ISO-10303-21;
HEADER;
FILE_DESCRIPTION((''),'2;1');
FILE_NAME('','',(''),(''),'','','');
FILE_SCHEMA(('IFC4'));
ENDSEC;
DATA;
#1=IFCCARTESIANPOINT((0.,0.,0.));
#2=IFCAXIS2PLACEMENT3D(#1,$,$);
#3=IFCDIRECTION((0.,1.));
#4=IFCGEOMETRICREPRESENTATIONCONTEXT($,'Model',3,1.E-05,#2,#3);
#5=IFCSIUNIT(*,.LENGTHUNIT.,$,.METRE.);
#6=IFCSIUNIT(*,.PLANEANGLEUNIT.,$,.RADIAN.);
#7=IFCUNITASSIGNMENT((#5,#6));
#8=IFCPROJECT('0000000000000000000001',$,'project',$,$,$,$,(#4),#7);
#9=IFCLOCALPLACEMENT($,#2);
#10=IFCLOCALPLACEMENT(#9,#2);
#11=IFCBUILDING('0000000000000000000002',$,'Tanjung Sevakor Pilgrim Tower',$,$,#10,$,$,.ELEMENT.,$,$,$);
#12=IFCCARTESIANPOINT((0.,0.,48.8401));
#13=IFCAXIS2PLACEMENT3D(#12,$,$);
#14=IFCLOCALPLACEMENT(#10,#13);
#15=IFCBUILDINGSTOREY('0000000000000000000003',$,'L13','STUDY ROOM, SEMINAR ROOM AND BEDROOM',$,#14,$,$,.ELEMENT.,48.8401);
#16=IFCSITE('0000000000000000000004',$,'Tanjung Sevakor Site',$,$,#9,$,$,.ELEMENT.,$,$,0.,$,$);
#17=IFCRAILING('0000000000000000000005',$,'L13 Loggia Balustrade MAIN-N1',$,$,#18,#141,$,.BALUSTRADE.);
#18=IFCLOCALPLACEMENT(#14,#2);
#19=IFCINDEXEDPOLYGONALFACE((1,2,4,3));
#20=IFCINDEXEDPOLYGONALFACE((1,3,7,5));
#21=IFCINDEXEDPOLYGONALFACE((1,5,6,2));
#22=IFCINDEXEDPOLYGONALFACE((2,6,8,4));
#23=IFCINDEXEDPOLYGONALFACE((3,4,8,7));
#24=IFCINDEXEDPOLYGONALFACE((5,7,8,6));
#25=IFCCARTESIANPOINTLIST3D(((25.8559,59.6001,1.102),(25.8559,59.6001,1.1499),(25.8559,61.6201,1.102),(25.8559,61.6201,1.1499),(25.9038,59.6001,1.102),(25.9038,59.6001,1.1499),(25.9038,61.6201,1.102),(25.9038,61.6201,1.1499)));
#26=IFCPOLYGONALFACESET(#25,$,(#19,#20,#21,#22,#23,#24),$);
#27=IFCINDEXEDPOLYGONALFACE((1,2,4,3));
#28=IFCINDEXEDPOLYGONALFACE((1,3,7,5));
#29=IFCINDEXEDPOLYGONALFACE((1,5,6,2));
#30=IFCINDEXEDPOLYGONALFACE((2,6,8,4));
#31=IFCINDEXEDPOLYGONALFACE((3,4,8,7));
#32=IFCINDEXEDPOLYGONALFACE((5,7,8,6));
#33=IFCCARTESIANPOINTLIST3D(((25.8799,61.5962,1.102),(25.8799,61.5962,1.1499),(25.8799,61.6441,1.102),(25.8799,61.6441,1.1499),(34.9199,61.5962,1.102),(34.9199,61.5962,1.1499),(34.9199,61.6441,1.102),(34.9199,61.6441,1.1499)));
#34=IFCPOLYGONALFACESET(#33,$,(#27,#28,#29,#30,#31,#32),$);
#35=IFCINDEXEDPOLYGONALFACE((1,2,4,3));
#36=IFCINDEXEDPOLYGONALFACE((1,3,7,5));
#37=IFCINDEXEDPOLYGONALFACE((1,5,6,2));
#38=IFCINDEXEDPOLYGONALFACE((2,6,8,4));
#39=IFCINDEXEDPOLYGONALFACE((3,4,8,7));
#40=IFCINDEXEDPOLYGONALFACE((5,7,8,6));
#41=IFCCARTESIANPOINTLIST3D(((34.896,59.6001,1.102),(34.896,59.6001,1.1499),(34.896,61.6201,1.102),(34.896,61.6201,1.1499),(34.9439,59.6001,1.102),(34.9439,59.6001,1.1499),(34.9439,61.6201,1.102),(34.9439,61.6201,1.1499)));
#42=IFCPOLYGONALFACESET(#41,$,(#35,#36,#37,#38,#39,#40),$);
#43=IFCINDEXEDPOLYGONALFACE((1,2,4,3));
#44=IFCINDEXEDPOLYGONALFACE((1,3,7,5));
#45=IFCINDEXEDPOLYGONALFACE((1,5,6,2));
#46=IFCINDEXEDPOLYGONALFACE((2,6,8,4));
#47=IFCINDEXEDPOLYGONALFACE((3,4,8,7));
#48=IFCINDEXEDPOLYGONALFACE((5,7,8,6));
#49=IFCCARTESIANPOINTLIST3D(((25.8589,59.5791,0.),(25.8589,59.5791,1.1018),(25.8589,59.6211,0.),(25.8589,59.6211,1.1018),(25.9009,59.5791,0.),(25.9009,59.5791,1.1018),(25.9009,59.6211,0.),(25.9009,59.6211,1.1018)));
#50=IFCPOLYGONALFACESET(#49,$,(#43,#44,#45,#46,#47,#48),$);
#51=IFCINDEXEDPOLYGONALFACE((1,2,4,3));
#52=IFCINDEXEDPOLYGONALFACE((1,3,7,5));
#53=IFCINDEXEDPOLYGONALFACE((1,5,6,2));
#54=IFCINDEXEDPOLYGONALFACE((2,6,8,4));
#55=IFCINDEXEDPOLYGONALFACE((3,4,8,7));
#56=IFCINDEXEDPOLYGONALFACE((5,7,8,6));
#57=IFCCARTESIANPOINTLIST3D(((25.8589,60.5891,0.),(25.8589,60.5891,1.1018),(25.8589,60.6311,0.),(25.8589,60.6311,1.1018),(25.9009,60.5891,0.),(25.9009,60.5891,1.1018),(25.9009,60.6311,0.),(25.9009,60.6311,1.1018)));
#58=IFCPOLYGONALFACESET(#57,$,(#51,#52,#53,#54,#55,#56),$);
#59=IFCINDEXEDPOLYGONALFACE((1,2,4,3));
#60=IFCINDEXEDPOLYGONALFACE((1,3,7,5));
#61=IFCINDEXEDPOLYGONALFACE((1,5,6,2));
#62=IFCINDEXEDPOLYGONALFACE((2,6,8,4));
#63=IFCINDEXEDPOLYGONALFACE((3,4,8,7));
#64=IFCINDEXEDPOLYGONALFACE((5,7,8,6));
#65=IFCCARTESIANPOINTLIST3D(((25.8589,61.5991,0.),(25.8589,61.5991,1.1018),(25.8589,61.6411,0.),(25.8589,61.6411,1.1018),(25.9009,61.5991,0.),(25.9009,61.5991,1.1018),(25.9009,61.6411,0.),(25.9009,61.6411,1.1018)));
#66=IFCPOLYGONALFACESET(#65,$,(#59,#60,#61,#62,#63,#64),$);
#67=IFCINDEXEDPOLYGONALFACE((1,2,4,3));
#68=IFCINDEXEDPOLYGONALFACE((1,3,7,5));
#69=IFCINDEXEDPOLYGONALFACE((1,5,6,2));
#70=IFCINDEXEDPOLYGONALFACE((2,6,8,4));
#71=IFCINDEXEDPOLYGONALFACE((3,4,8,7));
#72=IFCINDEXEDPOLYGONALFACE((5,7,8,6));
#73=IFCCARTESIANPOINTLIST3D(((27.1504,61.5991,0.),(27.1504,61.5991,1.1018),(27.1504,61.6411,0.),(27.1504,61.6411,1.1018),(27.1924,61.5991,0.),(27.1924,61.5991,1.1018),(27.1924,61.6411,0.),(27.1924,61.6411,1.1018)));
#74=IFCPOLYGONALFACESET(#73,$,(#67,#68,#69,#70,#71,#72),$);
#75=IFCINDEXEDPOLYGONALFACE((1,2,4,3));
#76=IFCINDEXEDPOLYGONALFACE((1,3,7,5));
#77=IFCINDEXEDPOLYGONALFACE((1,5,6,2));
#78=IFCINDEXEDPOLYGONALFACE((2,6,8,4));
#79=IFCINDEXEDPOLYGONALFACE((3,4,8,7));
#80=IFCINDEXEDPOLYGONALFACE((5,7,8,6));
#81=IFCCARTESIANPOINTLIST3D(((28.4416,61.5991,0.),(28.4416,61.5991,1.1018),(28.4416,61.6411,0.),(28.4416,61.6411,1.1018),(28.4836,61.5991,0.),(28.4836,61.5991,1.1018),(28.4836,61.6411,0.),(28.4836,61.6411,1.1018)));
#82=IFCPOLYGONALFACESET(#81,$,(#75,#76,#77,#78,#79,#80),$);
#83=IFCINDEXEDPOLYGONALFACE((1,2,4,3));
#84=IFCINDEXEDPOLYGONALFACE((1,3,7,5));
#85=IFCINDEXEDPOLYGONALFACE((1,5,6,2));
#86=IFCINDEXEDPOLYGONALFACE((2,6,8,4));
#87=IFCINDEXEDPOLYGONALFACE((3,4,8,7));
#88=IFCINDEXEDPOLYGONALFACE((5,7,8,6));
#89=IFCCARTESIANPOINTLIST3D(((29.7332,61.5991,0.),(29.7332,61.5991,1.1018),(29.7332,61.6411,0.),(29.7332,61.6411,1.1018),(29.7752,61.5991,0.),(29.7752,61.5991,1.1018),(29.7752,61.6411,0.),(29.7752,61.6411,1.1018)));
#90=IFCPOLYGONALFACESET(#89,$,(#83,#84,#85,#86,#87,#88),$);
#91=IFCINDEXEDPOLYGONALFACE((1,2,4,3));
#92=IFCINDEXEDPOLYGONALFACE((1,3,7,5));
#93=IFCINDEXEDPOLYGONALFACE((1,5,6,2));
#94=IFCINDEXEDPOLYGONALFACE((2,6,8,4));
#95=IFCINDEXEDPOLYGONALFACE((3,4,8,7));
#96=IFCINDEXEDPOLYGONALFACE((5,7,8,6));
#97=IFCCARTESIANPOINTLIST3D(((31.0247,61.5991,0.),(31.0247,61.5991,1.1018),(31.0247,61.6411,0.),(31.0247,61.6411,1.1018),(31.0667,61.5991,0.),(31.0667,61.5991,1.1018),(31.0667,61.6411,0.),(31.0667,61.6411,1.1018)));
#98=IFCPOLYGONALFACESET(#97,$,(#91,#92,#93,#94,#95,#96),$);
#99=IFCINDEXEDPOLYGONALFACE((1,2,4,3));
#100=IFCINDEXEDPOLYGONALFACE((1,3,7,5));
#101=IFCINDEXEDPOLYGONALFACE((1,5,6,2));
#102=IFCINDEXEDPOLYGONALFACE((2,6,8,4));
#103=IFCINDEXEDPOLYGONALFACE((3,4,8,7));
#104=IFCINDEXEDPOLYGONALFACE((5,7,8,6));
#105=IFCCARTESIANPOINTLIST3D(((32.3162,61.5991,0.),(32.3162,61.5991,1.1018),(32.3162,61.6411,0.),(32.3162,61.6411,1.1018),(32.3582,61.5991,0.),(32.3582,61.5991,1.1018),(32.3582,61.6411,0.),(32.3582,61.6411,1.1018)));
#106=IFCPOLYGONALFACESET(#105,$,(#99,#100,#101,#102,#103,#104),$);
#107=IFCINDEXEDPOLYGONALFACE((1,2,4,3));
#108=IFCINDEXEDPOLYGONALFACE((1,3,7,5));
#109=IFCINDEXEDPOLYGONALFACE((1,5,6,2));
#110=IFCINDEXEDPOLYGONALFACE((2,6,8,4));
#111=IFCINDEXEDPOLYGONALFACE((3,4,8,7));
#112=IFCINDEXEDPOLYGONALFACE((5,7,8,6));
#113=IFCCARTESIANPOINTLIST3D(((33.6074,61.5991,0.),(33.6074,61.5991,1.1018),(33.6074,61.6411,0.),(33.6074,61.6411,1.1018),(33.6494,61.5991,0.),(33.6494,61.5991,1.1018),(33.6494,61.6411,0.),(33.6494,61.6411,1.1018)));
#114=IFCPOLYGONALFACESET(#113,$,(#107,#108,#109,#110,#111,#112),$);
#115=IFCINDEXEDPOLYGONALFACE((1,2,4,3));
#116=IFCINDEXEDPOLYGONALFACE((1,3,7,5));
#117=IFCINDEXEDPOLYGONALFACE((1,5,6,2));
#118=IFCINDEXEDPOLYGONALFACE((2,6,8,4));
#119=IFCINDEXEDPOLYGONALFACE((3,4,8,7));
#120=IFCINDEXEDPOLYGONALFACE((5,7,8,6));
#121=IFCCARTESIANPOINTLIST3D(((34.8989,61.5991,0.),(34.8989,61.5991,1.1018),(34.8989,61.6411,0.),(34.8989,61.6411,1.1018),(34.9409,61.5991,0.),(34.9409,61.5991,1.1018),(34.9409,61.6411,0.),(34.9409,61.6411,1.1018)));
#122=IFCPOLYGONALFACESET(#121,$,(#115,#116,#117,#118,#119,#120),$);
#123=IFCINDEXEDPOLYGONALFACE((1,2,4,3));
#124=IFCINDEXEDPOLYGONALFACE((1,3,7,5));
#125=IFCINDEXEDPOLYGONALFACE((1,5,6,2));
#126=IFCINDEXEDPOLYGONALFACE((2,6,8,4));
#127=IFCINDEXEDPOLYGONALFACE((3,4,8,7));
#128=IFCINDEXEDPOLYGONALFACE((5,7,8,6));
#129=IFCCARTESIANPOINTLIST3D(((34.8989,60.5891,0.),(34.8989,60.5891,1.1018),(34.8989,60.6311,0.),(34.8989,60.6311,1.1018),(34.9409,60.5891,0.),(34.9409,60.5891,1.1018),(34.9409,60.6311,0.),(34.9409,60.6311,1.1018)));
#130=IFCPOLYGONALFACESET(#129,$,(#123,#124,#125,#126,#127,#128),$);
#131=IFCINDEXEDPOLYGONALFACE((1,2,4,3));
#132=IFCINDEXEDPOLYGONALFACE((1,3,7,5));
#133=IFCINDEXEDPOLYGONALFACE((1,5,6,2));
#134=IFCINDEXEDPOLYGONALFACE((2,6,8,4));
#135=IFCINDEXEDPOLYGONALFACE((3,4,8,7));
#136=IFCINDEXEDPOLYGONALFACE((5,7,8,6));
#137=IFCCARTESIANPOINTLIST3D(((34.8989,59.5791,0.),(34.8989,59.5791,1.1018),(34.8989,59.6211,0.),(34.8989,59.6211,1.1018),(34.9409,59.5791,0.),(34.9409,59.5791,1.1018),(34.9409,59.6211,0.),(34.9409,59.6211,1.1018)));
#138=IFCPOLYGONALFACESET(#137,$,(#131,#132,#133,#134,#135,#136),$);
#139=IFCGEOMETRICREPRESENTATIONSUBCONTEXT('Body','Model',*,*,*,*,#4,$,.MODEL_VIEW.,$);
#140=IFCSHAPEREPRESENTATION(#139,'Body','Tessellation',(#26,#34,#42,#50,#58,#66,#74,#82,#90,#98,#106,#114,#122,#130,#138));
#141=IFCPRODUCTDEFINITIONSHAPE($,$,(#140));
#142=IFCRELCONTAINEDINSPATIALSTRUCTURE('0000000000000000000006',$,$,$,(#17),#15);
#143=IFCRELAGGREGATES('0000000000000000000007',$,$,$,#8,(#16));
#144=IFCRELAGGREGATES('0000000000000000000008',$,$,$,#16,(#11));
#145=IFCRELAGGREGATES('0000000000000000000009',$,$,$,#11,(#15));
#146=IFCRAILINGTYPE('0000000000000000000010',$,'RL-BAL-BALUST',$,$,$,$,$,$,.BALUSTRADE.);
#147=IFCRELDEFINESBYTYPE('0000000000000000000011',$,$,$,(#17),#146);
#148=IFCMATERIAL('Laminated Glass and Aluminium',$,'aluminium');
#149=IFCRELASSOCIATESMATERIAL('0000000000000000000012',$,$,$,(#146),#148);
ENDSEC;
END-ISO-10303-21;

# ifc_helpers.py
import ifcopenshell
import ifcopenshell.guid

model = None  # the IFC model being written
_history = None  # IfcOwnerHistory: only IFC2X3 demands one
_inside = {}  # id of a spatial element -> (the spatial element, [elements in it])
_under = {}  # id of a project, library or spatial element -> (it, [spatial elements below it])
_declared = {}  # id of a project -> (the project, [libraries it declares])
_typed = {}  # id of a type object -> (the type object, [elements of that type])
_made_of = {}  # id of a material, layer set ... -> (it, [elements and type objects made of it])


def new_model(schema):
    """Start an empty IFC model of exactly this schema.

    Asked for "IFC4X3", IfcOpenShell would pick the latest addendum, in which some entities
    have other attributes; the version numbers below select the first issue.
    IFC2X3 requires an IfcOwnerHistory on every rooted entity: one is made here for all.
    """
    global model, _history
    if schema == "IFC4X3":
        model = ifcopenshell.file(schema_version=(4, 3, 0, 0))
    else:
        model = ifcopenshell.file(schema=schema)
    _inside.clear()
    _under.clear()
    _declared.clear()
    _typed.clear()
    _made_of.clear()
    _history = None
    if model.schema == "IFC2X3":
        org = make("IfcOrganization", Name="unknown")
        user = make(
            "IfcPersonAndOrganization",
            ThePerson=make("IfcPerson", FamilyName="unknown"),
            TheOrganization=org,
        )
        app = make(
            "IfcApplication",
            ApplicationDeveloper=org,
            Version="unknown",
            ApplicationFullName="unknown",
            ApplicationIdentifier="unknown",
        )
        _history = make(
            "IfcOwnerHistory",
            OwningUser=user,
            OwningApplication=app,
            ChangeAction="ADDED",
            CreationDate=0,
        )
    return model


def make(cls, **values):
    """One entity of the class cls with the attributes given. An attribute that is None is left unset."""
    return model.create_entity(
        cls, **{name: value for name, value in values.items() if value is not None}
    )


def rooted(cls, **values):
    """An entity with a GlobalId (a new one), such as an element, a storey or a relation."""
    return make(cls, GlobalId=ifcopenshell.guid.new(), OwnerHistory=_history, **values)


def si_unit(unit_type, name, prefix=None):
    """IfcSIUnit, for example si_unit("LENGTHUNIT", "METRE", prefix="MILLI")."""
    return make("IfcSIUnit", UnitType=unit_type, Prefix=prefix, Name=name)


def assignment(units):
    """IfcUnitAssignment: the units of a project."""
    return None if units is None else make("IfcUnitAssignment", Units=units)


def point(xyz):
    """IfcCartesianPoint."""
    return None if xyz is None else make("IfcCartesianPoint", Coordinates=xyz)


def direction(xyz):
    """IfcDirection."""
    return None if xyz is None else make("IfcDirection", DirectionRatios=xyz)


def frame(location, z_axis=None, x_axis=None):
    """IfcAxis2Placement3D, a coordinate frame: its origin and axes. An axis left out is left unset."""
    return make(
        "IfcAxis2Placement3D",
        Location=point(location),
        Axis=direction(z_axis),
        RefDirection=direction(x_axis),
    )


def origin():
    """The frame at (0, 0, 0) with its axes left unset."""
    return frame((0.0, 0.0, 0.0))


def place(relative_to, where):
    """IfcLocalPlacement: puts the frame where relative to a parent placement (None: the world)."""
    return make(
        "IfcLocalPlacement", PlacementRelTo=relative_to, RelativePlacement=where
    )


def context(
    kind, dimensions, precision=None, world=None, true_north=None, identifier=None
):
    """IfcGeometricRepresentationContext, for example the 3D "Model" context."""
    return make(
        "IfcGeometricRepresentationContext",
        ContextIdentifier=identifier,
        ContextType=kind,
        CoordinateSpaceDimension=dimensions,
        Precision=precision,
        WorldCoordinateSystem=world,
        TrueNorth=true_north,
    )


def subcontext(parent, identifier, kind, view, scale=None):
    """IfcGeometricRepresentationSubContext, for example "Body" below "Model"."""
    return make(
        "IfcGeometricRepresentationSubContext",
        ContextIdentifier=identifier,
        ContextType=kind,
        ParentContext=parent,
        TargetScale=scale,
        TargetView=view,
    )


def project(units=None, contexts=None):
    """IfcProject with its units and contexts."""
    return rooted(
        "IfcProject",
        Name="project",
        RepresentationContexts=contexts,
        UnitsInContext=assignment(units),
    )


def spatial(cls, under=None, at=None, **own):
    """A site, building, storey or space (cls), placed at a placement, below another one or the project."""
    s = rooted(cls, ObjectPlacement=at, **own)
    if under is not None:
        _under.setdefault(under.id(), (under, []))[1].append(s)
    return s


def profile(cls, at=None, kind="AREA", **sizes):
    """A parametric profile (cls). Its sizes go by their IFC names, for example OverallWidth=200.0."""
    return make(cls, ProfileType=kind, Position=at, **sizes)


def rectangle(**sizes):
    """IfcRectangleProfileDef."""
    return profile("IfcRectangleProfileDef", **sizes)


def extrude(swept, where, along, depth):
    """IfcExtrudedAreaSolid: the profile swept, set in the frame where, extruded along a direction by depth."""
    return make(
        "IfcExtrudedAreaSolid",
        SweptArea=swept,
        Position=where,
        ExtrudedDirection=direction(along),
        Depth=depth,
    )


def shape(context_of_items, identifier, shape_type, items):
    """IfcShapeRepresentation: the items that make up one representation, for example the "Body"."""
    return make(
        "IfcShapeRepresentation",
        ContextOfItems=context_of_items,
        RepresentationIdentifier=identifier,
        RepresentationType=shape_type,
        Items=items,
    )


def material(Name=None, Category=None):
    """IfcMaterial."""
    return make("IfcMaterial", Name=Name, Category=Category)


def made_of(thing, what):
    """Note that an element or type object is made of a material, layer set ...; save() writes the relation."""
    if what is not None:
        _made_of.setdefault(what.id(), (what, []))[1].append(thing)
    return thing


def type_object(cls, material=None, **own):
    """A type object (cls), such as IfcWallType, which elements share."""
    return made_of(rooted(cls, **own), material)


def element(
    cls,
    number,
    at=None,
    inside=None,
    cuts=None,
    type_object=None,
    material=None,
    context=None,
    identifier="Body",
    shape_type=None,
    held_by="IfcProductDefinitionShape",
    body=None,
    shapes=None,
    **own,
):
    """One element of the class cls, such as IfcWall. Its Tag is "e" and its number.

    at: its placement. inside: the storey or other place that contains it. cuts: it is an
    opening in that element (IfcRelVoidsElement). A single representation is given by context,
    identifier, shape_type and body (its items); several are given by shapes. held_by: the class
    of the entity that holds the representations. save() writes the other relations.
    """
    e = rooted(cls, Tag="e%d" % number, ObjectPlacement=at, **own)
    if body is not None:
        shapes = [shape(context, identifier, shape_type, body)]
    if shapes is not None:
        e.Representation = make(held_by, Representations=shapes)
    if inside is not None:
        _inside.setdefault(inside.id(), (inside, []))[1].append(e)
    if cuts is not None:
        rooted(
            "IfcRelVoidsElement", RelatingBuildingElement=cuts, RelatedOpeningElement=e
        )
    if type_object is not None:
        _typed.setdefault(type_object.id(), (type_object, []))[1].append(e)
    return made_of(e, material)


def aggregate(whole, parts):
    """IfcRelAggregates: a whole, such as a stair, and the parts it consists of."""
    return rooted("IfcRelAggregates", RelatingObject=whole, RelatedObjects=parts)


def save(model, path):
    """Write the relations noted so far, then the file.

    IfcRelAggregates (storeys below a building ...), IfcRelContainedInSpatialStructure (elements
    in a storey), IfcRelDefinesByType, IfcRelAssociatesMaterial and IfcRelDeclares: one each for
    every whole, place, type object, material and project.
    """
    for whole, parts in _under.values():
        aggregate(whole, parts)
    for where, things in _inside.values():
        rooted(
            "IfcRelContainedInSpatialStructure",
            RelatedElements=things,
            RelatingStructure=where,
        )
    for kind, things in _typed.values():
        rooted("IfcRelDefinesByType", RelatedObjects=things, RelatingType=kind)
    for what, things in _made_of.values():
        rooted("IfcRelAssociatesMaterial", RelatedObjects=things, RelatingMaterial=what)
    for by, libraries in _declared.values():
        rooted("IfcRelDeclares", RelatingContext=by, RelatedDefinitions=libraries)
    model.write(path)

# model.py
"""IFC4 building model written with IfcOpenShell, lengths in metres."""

from ifc_helpers import new_model, si_unit, direction, frame, origin, place, context, subcontext, project, spatial, rectangle, extrude, material, type_object, element, save


model = new_model("IFC4")

# Units and contexts
model_context = context("Model", 3, precision=1e-05, world=origin(), true_north=direction((0.0, 1.0)))
body_context = subcontext(model_context, "Body", "Model", "MODEL_VIEW")
ifc_project = project(units=[si_unit("LENGTHUNIT", "METRE"), si_unit("PLANEANGLEUNIT", "RADIAN")], contexts=[model_context])

# Site, building, storey
site_placement = place(None, origin())
site = spatial("IfcSite", under=ifc_project, at=site_placement, Name="Tanjung Sevakor Site", CompositionType="ELEMENT", RefElevation=0.0)
building_placement = place(site_placement, origin())
building = spatial("IfcBuilding", under=site, at=building_placement, Name="Tanjung Sevakor Pilgrim Tower", CompositionType="ELEMENT")
storey_placement = place(building_placement, frame((0.0, 0.0, 48.8401)))
storey = spatial("IfcBuildingStorey", under=building, at=storey_placement, Name="L13", Description="STUDY ROOM, SEMINAR ROOM AND BEDROOM", CompositionType="ELEMENT", Elevation=48.8401)

# Railing
ifc_material_1 = material(Name="Laminated Glass and Aluminium", Category="aluminium")
railing_type_1 = type_object("IfcRailingType", Name="RL-BAL-BALUST", PredefinedType="BALUSTRADE", material=ifc_material_1)
railing_1_placement = place(storey_placement, frame((25.8799, 59.6001, 0.0)))
element("IfcRailing", 1, at=railing_1_placement, inside=storey, type_object=railing_type_1, Name="L13 Loggia Balustrade MAIN-N1", PredefinedType="BALUSTRADE", context=body_context, shape_type="SweptSolid", body=[
    extrude(rectangle(XDim=0.0479, YDim=0.0479), frame((0.0, 0.0, 1.126), z_axis=(0.0, 1.0, 0.0), x_axis=(-1.0, 0.0, 0.0)), (0.0, 0.0, 1.0), 2.02),
    extrude(rectangle(XDim=0.0479, YDim=0.0479), frame((0.0, 2.02, 1.126), z_axis=(1.0, 0.0, 0.0), x_axis=(0.0, 1.0, 0.0)), (0.0, 0.0, 1.0), 9.04),
    extrude(rectangle(XDim=0.0479, YDim=0.0479), frame((9.04, 2.02, 1.126), z_axis=(0.0, -1.0, 0.0), x_axis=(1.0, 0.0, 0.0)), (0.0, 0.0, 1.0), 2.02),
    extrude(rectangle(XDim=0.042, YDim=0.042), origin(), (0.0, 0.0, 1.0), 1.1018),
    extrude(rectangle(XDim=0.042, YDim=0.042), frame((0.0, 1.01, 0.0)), (0.0, 0.0, 1.0), 1.1018),
    extrude(rectangle(XDim=0.042, YDim=0.042), frame((0.0, 2.02, 0.0)), (0.0, 0.0, 1.0), 1.1018),
    extrude(rectangle(XDim=0.042, YDim=0.042), frame((1.2915, 2.02, 0.0)), (0.0, 0.0, 1.0), 1.1018),
    extrude(rectangle(XDim=0.042, YDim=0.042), frame((2.5828, 2.02, 0.0)), (0.0, 0.0, 1.0), 1.1018),
    extrude(rectangle(XDim=0.042, YDim=0.042), frame((3.8743, 2.02, 0.0)), (0.0, 0.0, 1.0), 1.1018),
    extrude(rectangle(XDim=0.042, YDim=0.042), frame((5.1658, 2.02, 0.0)), (0.0, 0.0, 1.0), 1.1018),
    extrude(rectangle(XDim=0.042, YDim=0.042), frame((6.4573, 2.02, 0.0)), (0.0, 0.0, 1.0), 1.1018),
    extrude(rectangle(XDim=0.042, YDim=0.042), frame((7.7485, 2.02, 0.0)), (0.0, 0.0, 1.0), 1.1018),
    extrude(rectangle(XDim=0.042, YDim=0.042), frame((9.04, 2.02, 0.0)), (0.0, 0.0, 1.0), 1.1018),
    extrude(rectangle(XDim=0.042, YDim=0.042), frame((9.04, 1.01, 0.0)), (0.0, 0.0, 1.0), 1.1018),
    extrude(rectangle(XDim=0.042, YDim=0.042), frame((9.04, 0.0, 0.0)), (0.0, 0.0, 1.0), 1.1018),
])

save(model, "model.ifc")
